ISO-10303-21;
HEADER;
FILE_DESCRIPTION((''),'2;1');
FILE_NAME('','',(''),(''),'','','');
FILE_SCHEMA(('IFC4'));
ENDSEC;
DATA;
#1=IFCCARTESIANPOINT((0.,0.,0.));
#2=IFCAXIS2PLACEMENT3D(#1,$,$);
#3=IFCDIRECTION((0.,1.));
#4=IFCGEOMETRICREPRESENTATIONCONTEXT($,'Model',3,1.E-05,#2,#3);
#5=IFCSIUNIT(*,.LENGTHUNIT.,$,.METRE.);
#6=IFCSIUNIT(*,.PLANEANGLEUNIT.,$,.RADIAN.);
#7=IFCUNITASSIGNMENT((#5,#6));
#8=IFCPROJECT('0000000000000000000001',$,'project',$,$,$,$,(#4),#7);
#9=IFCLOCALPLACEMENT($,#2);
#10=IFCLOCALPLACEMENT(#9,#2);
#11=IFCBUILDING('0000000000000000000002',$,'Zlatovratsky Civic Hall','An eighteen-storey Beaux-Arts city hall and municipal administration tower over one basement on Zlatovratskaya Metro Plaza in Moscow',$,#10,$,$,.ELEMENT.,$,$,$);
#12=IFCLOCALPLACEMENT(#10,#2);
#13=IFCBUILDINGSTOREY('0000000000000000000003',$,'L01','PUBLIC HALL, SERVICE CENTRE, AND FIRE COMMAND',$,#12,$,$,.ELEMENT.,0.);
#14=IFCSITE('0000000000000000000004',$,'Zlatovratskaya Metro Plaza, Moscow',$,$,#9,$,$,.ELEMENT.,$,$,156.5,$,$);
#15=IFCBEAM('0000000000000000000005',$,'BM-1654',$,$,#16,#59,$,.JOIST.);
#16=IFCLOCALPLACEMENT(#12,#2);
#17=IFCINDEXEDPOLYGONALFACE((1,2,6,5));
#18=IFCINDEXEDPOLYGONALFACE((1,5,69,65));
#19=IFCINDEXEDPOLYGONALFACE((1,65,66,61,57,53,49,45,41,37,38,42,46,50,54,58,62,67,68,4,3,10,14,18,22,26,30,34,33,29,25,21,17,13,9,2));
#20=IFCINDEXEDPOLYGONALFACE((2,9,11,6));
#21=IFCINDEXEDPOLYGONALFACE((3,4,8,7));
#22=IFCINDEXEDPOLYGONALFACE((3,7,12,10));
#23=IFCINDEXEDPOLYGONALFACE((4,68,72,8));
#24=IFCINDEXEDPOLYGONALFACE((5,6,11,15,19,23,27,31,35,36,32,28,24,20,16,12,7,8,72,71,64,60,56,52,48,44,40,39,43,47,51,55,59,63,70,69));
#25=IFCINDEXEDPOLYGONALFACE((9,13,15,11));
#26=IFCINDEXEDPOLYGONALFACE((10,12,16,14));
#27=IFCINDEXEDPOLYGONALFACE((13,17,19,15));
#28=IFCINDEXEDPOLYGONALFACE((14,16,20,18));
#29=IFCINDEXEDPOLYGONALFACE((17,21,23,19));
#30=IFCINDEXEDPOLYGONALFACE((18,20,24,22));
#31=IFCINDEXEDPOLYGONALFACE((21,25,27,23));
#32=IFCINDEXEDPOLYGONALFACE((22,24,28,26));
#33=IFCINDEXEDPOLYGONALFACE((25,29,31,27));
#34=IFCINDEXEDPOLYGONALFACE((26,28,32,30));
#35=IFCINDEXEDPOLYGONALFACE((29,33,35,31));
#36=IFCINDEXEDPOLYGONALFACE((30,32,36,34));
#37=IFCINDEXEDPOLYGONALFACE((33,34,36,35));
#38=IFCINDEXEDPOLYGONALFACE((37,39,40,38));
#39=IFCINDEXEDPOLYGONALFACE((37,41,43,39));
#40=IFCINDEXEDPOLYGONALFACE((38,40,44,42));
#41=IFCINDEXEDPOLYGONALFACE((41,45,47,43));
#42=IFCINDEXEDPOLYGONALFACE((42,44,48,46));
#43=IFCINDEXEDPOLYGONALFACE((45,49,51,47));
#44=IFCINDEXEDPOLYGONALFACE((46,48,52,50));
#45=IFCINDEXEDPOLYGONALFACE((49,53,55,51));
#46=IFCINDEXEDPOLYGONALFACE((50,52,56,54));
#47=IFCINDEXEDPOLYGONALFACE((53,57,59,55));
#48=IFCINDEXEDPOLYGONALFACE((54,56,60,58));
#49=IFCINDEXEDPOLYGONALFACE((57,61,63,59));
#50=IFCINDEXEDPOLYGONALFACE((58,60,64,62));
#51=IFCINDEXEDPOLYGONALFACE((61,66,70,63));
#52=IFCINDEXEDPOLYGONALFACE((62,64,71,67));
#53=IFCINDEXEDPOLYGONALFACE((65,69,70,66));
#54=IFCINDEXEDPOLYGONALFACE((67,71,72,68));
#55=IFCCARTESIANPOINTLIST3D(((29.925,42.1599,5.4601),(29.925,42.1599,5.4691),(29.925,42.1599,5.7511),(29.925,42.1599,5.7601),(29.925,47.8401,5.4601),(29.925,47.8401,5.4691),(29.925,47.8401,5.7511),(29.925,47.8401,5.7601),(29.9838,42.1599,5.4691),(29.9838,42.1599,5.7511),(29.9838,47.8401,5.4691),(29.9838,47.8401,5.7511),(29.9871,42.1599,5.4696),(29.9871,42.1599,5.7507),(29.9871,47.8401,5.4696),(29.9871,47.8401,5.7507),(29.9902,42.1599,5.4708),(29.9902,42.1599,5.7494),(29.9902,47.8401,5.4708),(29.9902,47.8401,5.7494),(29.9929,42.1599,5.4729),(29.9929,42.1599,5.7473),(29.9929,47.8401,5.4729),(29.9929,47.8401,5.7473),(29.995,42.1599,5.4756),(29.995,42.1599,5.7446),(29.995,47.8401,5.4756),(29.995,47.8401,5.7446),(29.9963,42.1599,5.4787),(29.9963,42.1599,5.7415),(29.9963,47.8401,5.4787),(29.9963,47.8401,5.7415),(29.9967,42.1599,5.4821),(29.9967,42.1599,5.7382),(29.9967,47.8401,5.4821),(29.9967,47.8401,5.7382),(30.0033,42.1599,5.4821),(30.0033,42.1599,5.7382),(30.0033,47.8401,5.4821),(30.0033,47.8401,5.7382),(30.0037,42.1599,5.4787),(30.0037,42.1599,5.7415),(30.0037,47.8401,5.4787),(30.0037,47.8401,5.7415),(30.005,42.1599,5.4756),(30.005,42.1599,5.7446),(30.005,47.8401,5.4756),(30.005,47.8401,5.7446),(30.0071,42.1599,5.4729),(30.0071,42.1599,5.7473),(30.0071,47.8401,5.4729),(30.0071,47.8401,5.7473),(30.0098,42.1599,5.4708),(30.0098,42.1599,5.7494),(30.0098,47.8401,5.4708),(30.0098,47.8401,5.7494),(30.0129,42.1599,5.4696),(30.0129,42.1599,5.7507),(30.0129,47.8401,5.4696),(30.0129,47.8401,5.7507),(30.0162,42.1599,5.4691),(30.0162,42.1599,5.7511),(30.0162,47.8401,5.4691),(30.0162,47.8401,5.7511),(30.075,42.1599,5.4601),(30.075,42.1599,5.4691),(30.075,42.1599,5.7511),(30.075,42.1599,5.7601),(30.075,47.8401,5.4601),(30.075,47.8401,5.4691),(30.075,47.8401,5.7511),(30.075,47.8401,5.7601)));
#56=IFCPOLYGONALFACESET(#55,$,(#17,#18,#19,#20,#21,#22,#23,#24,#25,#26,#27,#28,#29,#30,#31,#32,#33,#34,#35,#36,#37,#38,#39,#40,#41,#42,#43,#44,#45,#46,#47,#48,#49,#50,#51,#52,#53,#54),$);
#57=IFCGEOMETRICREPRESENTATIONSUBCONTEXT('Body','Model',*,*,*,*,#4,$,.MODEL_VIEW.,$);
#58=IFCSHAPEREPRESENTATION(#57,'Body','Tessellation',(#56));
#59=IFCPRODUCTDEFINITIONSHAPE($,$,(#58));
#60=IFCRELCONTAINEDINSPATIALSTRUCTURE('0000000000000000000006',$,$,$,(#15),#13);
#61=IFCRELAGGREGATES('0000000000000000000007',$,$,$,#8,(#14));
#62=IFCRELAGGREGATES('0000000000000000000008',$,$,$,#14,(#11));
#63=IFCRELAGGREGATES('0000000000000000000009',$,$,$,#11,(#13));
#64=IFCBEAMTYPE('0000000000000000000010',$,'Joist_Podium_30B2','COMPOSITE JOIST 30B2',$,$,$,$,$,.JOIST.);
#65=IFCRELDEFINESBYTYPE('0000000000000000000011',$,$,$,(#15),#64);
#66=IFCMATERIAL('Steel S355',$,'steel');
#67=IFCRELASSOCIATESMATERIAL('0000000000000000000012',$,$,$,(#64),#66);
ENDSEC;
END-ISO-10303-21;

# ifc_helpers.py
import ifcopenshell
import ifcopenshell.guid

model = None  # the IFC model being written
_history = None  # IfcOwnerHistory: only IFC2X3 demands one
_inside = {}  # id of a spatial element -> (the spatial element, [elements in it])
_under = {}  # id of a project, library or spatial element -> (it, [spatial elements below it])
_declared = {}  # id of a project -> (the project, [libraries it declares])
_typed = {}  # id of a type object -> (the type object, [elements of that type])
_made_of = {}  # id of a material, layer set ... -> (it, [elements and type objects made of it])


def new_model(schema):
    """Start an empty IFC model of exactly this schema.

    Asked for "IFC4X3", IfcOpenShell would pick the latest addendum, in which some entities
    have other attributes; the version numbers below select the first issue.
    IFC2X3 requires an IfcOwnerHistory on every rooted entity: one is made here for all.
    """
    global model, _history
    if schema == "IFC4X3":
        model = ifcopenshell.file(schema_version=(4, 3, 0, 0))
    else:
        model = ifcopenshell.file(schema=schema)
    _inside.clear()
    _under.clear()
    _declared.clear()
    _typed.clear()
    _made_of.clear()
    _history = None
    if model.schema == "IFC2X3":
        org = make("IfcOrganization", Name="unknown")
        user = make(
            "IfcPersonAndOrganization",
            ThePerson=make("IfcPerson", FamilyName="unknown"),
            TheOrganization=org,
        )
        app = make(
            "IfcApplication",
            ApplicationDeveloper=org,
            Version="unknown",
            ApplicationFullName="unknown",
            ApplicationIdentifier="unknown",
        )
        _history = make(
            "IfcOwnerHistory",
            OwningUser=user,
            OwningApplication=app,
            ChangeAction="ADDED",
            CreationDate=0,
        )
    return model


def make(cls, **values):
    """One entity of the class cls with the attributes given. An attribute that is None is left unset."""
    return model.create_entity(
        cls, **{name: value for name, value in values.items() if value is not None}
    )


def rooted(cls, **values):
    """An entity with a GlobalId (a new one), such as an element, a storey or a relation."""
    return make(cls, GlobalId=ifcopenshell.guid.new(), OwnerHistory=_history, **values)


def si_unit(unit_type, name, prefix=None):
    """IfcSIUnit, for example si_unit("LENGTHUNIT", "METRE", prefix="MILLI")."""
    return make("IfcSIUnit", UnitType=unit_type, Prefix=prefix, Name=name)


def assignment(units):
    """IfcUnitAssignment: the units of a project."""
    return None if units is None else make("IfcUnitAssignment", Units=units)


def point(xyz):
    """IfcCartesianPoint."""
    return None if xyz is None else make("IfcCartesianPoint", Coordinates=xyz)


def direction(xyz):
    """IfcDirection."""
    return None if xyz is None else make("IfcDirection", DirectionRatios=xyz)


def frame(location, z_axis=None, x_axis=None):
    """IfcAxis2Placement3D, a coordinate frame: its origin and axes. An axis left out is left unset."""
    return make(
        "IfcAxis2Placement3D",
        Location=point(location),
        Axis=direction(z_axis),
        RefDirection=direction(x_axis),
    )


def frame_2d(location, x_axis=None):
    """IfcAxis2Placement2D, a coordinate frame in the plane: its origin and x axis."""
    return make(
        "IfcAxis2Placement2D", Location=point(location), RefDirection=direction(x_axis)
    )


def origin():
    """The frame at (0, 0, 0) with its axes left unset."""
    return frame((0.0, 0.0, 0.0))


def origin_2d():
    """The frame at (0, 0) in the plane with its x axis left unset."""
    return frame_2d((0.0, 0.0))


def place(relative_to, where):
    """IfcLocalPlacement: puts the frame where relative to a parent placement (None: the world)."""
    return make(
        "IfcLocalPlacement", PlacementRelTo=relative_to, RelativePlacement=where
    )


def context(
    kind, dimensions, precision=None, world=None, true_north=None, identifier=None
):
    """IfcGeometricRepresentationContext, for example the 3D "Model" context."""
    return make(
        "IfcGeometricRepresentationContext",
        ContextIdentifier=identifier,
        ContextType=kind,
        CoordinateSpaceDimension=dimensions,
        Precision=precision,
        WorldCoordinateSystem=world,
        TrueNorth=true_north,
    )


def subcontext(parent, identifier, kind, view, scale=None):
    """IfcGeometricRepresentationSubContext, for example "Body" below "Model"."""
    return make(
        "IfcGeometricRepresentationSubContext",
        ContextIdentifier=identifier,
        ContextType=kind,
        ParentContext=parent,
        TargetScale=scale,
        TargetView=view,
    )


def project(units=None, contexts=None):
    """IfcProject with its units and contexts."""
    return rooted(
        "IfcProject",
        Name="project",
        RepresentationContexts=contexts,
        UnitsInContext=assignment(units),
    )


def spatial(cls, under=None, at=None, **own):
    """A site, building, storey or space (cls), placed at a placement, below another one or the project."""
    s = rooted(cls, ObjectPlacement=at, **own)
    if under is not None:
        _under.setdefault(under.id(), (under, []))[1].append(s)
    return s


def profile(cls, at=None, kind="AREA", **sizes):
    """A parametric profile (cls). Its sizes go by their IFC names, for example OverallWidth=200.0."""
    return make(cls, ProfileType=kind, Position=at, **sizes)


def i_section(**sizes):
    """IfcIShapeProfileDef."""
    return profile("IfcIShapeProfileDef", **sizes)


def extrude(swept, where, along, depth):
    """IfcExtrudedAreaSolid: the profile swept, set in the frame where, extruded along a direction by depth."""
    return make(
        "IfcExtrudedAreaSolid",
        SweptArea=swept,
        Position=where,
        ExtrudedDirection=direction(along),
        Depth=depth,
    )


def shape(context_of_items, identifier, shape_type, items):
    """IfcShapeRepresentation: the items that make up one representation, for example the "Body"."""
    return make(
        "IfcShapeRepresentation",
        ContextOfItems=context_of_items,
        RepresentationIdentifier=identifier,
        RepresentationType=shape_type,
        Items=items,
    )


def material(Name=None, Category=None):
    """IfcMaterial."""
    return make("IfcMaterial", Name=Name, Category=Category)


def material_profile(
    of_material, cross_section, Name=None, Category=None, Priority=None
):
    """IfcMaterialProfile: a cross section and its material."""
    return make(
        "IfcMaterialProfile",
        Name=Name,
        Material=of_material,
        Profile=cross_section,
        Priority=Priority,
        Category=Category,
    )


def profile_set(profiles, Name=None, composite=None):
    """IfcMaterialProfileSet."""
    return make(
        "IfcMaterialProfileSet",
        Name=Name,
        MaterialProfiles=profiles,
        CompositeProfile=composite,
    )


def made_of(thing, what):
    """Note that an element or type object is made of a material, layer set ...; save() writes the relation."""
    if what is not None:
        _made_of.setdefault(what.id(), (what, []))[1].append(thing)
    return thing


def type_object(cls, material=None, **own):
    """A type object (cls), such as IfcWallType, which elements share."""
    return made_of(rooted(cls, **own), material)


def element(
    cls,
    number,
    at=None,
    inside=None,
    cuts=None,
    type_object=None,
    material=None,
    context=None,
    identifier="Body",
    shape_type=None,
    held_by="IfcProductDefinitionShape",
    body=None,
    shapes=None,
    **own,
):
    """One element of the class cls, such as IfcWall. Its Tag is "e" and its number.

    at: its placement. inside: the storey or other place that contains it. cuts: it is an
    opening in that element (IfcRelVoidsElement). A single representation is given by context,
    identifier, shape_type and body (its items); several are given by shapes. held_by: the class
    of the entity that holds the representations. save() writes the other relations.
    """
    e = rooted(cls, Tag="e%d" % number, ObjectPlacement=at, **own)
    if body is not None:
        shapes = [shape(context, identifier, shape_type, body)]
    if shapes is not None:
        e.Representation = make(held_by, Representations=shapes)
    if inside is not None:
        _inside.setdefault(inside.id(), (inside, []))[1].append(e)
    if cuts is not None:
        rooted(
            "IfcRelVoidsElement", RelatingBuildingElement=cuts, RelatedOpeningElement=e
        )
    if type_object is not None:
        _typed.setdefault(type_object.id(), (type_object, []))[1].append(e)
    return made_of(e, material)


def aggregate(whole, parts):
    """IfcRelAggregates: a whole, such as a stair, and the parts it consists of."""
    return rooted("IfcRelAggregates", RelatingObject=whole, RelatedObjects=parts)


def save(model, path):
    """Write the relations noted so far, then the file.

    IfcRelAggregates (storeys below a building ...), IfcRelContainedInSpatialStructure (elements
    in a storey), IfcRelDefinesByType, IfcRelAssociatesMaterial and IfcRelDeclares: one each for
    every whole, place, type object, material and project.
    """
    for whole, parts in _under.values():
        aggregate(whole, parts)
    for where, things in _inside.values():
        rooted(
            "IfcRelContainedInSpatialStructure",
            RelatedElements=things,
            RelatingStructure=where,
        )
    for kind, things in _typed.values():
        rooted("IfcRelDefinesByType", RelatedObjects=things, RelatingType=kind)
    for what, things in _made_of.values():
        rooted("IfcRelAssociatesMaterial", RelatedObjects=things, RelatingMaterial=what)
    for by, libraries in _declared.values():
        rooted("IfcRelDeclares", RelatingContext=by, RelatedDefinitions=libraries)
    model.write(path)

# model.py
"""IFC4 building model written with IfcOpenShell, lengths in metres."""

from ifc_helpers import new_model, si_unit, direction, frame, origin, origin_2d, place, context, subcontext, project, spatial, i_section, extrude, material, material_profile, profile_set, type_object, element, save


model = new_model("IFC4")

# Units and contexts
model_context = context("Model", 3, precision=1e-05, world=origin(), true_north=direction((0.0, 1.0)))
body_context = subcontext(model_context, "Body", "Model", "MODEL_VIEW")
ifc_project = project(units=[si_unit("LENGTHUNIT", "METRE"), si_unit("PLANEANGLEUNIT", "RADIAN")], contexts=[model_context])

# Site, building, storey
site_placement = place(None, origin())
site = spatial("IfcSite", under=ifc_project, at=site_placement, Name="Zlatovratskaya Metro Plaza, Moscow", CompositionType="ELEMENT", RefElevation=156.5)
building_placement = place(site_placement, origin())
building = spatial("IfcBuilding", under=site, at=building_placement, Name="Zlatovratsky Civic Hall", Description="An eighteen-storey Beaux-Arts city hall and municipal administration tower over one basement on Zlatovratskaya Metro Plaza in Moscow", CompositionType="ELEMENT")
storey_placement = place(building_placement, origin())
storey = spatial("IfcBuildingStorey", under=building, at=storey_placement, Name="L01", Description="PUBLIC HALL, SERVICE CENTRE, AND FIRE COMMAND", CompositionType="ELEMENT", Elevation=0.0)

# Shared definitions
ifc_material = material(Name="Steel S355", Category="steel")

# Beam
ifc_material_profile_1 = material_profile(ifc_material, i_section(OverallWidth=0.1499, OverallDepth=0.3, WebThickness=0.0066, FlangeThickness=0.009, FilletRadius=0.0129, at=origin_2d()), Name="30B2")
ifc_profile_set_1 = profile_set([ifc_material_profile_1], Name="Steel S355")
beam_type_1 = type_object("IfcBeamType", Name="Joist_Podium_30B2", Description="COMPOSITE JOIST 30B2", PredefinedType="JOIST", material=ifc_profile_set_1)
for number, where, z_axis, x_axis, name in (
    (1, (30.0, 42.1599, 5.6101), (0.0, 1.0, 0.0), (-1.0, 0.0, 0.0), "BM-1654"),
):
    element("IfcBeam", number, at=place(storey_placement, frame(where, z_axis=z_axis, x_axis=x_axis)), inside=storey, type_object=beam_type_1, Name=name, PredefinedType="JOIST", context=body_context, shape_type="SweptSolid", body=[
        extrude(i_section(OverallWidth=0.1499, OverallDepth=0.3, WebThickness=0.0066, FlangeThickness=0.009, FilletRadius=0.0129, at=origin_2d()), origin(), (0.0, 0.0, 1.0), 5.6802),
    ])

save(model, "model.ifc")
